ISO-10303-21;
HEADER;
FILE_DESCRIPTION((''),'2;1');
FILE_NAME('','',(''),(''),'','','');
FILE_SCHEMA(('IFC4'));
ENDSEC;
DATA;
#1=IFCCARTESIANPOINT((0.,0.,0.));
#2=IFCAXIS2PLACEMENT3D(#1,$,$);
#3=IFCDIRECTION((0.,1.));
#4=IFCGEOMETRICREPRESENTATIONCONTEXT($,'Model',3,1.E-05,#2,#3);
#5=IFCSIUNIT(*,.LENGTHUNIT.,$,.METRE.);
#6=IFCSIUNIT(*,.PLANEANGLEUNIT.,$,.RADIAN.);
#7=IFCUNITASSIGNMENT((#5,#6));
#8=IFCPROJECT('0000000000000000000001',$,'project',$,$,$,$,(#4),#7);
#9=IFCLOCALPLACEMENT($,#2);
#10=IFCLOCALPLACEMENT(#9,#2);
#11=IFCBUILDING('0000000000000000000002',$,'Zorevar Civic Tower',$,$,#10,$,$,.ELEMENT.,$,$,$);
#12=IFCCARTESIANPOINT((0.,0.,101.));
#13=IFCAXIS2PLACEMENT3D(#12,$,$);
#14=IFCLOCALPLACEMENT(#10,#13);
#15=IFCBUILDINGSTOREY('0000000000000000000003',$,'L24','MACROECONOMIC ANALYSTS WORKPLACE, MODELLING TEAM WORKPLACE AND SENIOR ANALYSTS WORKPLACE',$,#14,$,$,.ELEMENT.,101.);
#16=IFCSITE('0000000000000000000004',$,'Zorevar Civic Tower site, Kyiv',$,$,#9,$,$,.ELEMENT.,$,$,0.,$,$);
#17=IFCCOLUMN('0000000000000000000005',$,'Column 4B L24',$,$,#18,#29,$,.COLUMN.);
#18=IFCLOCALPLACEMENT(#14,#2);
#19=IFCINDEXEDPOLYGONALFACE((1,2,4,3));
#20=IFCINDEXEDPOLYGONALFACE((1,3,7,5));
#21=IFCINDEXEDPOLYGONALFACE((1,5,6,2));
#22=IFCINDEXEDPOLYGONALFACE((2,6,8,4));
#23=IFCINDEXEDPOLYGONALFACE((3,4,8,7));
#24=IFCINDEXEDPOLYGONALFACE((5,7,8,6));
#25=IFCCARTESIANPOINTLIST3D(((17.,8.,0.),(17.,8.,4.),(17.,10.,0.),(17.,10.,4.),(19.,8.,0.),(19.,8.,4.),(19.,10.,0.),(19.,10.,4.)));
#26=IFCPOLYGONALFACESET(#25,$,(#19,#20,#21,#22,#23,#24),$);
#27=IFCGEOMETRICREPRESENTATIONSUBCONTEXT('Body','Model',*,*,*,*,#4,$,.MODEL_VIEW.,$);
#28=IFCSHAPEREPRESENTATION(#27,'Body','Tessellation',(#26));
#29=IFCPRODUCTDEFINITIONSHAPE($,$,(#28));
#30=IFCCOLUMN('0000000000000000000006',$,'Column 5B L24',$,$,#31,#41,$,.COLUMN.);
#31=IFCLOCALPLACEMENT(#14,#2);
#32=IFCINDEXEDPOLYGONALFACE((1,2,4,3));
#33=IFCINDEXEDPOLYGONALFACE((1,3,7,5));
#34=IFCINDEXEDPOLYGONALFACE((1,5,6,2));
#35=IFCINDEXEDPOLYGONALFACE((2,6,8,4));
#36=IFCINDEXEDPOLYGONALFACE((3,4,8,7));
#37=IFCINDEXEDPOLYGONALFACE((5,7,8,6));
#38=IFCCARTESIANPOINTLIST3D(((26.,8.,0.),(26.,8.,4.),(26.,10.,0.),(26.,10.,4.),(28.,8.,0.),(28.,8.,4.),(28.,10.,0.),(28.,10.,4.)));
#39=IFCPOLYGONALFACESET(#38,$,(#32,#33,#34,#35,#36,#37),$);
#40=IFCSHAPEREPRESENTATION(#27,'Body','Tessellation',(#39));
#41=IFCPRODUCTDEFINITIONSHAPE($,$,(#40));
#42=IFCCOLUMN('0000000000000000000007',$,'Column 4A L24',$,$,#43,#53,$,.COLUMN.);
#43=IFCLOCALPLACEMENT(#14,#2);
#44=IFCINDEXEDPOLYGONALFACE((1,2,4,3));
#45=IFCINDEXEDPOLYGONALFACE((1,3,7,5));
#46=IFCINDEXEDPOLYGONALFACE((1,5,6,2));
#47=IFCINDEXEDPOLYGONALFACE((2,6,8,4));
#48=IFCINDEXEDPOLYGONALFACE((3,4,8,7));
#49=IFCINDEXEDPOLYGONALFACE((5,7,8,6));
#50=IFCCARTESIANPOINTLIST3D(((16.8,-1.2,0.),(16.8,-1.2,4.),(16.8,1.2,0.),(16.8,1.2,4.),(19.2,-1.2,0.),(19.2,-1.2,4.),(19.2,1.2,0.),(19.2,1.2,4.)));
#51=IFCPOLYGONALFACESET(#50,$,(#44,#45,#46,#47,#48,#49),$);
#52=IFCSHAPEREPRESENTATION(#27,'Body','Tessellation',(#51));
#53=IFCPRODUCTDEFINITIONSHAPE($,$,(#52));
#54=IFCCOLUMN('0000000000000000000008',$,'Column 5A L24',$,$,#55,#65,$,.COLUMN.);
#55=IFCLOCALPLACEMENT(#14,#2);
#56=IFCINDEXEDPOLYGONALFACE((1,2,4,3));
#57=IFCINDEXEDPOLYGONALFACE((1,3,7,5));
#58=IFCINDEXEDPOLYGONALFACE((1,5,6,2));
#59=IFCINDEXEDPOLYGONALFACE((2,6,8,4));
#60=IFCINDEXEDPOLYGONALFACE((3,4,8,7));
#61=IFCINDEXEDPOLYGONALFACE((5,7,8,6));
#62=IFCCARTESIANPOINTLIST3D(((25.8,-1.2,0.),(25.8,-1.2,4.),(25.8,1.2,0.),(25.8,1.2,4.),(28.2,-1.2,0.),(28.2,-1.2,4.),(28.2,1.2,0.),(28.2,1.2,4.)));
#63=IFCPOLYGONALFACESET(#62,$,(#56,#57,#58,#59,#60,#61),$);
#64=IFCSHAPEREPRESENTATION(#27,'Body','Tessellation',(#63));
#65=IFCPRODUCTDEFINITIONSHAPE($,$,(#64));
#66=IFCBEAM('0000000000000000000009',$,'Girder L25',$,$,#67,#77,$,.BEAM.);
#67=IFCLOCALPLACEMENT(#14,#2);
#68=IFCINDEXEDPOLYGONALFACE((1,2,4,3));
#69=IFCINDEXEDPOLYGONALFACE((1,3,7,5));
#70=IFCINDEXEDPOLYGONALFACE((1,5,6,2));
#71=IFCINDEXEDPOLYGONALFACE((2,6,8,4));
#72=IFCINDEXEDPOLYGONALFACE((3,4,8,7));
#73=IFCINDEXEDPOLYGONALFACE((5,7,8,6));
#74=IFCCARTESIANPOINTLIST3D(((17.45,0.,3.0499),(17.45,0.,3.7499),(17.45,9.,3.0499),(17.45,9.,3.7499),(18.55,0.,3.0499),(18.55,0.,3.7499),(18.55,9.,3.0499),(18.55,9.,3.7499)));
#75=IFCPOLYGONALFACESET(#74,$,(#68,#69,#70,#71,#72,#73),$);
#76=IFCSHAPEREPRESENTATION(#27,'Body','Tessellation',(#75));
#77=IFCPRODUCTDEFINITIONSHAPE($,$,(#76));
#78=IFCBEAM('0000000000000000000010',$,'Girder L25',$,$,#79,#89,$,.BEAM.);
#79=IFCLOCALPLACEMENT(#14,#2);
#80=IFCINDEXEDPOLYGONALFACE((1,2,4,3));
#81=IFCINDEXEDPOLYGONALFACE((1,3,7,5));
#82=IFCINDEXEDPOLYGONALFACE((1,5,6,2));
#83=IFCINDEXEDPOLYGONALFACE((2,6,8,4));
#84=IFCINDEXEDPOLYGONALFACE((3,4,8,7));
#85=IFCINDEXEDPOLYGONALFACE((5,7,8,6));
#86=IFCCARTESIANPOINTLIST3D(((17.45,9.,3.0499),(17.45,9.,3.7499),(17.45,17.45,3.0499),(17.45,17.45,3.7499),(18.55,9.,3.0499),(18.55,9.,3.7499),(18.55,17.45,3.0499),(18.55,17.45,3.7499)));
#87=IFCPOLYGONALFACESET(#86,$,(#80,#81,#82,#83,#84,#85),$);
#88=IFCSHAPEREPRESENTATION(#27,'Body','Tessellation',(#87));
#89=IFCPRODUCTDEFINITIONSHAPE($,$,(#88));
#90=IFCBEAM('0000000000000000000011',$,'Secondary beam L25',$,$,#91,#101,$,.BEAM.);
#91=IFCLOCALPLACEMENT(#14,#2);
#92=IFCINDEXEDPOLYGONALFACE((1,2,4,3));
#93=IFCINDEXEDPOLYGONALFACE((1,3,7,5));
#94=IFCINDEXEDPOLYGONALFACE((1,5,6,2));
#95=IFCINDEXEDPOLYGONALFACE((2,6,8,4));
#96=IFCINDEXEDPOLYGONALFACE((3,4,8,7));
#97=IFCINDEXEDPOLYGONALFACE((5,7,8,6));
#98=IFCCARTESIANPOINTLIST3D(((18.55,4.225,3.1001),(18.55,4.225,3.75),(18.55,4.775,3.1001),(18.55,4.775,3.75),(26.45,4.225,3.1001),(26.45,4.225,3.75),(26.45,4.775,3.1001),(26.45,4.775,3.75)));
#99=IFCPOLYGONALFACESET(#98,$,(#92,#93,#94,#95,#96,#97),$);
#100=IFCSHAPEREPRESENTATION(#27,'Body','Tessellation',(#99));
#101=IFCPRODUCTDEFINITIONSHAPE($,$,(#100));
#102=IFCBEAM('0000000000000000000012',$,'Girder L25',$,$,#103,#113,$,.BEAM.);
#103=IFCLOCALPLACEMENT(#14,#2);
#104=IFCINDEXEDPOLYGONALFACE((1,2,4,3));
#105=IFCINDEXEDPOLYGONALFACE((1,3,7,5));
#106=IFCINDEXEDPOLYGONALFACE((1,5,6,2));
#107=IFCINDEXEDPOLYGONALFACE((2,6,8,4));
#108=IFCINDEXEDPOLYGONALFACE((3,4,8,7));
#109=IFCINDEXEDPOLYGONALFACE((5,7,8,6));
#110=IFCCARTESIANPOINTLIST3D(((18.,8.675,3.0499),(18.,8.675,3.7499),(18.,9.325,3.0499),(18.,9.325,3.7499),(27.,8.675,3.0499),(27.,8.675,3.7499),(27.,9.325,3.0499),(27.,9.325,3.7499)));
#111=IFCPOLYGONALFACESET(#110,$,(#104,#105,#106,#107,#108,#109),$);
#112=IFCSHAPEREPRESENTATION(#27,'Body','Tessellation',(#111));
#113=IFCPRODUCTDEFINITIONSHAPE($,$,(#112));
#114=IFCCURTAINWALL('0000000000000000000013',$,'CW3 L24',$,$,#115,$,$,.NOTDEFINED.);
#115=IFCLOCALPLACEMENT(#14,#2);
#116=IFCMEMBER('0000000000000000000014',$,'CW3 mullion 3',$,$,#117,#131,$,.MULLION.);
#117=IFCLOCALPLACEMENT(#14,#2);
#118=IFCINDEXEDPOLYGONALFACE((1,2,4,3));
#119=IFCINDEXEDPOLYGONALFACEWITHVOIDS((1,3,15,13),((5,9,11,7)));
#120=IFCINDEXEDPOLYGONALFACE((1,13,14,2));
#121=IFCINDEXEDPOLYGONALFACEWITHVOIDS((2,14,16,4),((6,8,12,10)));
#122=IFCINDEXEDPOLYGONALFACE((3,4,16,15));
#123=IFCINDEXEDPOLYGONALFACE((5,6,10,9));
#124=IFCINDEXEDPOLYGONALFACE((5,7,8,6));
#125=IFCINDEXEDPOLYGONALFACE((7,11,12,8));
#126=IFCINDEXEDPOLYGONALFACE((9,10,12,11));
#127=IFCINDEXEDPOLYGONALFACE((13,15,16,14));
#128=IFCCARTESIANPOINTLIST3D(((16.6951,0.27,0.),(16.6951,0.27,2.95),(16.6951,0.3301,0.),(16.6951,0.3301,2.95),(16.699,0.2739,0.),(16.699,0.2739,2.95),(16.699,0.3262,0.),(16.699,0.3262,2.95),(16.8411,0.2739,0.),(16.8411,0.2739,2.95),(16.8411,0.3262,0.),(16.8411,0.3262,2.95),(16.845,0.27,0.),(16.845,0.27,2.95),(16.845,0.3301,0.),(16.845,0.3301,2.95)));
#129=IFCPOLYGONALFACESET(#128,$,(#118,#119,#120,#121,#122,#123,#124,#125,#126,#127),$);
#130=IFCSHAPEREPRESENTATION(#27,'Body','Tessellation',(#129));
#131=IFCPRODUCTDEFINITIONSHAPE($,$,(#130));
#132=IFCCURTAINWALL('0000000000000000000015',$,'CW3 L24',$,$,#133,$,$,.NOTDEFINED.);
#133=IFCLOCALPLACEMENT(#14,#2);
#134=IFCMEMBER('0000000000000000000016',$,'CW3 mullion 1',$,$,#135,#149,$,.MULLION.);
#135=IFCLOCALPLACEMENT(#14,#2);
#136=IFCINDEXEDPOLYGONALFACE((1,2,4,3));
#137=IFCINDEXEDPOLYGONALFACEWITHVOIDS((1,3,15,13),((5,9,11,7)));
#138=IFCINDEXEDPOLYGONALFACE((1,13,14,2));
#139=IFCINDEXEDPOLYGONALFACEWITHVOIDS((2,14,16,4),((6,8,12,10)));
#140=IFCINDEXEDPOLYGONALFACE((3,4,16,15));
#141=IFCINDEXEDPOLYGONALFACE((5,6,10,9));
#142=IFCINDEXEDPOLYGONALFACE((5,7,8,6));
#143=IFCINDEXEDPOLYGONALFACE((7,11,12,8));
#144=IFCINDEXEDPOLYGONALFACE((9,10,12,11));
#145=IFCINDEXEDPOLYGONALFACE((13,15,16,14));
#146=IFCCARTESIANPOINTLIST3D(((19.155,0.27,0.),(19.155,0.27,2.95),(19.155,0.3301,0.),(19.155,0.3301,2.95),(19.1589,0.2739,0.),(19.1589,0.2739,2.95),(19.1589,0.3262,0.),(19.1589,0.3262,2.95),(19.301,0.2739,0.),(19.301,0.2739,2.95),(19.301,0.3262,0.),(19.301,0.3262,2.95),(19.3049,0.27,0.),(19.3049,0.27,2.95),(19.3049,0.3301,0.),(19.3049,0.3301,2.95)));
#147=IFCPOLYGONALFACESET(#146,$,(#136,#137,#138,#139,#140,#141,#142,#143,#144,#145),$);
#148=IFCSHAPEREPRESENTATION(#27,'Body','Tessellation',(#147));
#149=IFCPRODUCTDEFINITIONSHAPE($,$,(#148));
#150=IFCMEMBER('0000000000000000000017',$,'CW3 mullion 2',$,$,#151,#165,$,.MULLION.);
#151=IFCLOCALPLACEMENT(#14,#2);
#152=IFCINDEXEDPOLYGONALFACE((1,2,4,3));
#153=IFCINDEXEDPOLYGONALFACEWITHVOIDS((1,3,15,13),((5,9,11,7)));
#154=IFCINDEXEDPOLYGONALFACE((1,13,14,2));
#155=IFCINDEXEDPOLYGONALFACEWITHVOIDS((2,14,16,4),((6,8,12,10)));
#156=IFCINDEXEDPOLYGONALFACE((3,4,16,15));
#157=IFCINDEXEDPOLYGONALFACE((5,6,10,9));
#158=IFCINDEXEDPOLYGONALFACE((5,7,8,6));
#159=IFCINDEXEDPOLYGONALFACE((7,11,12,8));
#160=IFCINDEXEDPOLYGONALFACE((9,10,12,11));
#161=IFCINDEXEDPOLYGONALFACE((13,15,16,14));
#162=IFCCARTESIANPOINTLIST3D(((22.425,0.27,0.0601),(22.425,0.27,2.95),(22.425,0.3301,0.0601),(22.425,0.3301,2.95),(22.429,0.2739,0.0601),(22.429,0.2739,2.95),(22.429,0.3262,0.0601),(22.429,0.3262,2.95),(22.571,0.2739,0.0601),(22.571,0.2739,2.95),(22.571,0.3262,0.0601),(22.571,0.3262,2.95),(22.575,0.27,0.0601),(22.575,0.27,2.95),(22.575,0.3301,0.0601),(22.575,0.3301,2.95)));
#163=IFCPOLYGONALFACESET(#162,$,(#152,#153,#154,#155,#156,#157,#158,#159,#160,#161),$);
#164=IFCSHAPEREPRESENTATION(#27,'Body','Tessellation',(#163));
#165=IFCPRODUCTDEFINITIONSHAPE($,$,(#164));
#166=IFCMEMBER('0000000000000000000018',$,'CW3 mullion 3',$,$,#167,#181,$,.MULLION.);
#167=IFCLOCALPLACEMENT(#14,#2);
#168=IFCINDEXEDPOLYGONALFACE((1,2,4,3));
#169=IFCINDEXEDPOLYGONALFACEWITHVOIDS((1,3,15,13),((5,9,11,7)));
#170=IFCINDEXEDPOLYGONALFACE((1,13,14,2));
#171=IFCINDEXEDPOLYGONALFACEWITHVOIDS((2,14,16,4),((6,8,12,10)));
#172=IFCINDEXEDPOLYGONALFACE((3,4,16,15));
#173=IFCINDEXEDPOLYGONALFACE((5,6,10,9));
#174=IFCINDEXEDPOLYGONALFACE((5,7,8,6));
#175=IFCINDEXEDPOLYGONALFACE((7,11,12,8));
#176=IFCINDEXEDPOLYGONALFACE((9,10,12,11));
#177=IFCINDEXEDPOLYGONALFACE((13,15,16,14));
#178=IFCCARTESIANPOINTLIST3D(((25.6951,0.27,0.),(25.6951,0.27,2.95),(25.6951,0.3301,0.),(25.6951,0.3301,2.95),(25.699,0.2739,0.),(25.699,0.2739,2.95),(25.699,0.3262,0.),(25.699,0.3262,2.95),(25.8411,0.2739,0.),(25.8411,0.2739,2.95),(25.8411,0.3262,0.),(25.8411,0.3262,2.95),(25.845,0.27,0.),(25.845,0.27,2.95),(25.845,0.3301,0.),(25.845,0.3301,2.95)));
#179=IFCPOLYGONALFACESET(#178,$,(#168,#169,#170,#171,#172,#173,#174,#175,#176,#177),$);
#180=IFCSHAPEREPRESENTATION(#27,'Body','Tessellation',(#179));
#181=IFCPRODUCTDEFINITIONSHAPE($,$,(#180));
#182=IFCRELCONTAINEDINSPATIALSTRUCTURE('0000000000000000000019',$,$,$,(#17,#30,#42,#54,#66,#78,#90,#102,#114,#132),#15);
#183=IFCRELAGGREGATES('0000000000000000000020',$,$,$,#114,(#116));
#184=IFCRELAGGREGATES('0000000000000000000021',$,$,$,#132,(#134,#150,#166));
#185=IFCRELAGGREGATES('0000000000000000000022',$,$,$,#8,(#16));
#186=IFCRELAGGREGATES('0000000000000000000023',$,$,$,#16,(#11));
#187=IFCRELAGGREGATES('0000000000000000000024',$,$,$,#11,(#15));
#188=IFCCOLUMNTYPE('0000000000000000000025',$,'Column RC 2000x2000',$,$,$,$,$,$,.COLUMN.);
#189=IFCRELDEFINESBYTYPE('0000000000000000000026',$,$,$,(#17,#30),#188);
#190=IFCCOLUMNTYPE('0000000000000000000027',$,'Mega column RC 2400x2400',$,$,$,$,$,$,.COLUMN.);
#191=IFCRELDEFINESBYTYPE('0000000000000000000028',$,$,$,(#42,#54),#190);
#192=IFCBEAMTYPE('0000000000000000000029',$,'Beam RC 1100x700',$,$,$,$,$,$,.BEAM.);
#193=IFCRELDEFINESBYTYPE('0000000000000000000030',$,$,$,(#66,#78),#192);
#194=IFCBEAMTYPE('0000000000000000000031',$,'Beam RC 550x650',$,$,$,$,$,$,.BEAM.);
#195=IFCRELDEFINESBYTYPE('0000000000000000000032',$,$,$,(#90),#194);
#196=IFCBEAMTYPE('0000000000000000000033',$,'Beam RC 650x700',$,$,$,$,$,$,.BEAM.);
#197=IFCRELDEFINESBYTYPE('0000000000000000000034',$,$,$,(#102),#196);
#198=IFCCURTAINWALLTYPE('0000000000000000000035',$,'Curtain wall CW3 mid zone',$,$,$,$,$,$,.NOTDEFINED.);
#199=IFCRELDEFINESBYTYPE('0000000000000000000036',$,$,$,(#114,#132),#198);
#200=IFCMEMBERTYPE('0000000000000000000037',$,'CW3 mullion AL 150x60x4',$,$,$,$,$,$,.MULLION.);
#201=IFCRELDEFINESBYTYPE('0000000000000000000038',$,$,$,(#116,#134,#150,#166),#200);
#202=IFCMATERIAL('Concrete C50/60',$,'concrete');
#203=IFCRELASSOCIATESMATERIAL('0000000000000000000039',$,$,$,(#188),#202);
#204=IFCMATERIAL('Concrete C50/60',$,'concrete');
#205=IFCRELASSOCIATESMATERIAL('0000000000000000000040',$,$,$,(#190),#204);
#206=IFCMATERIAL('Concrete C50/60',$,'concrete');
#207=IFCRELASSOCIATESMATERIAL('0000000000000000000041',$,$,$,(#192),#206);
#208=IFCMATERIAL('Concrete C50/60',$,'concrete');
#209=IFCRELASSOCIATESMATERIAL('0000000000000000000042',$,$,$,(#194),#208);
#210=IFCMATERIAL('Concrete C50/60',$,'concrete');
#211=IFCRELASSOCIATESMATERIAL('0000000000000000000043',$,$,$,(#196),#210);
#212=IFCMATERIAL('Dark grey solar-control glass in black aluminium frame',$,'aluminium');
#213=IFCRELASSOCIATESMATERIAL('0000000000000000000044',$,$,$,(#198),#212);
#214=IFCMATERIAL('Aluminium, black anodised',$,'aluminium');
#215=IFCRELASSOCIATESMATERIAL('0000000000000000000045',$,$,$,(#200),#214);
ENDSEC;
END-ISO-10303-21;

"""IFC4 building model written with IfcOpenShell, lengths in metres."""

from ifc_helpers import new_model, si_unit, direction, frame, origin, origin_2d, place, context, subcontext, project, spatial, rectangle, hollow_rectangle, extrude, material, material_profile, profile_set, type_object, element, aggregate, save


model = new_model("IFC4")

# Units and contexts
model_context = context("Model", 3, precision=1e-05, world=origin(), true_north=direction((0.0, 1.0)))
body_context = subcontext(model_context, "Body", "Model", "MODEL_VIEW")
ifc_project = project(units=[si_unit("LENGTHUNIT", "METRE"), si_unit("PLANEANGLEUNIT", "RADIAN")], contexts=[model_context])

# Site, building, storey
site_placement = place(None, origin())
site = spatial("IfcSite", under=ifc_project, at=site_placement, Name="Zorevar Civic Tower site, Kyiv", CompositionType="ELEMENT", RefElevation=0.0)
building_placement = place(site_placement, origin())
building = spatial("IfcBuilding", under=site, at=building_placement, Name="Zorevar Civic Tower", CompositionType="ELEMENT")
storey_placement = place(building_placement, frame((0.0, 0.0, 101.0)))
storey = spatial("IfcBuildingStorey", under=building, at=storey_placement, Name="L24", Description="MACROECONOMIC ANALYSTS WORKPLACE, MODELLING TEAM WORKPLACE AND SENIOR ANALYSTS WORKPLACE", CompositionType="ELEMENT", Elevation=101.0)

# Columns
ifc_material_1 = material(Name="Concrete C50/60", Category="concrete")
ifc_material_profile_1 = material_profile(ifc_material_1, rectangle(XDim=2.0, YDim=2.0, at=origin_2d()), Name="RC 2000x2000")
ifc_profile_set_1 = profile_set([ifc_material_profile_1], Name="Concrete C50/60")
column_type_1 = type_object("IfcColumnType", Name="Column RC 2000x2000", PredefinedType="COLUMN", material=ifc_profile_set_1)
for number, where, z_axis, x_axis, name in (
    (1, (18.0, 9.0, 0.0), (0.0, 0.0, 1.0), (1.0, 0.0, 0.0), "Column 4B L24"),
    (2, (27.0, 9.0, 0.0), (0.0, 0.0, 1.0), (1.0, 0.0, 0.0), "Column 5B L24"),
):
    element("IfcColumn", number, at=place(storey_placement, frame(where, z_axis=z_axis, x_axis=x_axis)), inside=storey, type_object=column_type_1, Name=name, PredefinedType="COLUMN", context=body_context, shape_type="SweptSolid", body=[
        extrude(rectangle(XDim=2.0, YDim=2.0, at=origin_2d()), origin(), (0.0, 0.0, 1.0), 4.0),
    ])
ifc_material_2 = material(Name="Concrete C50/60", Category="concrete")
ifc_material_profile_2 = material_profile(ifc_material_2, rectangle(XDim=2.3999, YDim=2.3999, at=origin_2d()), Name="RC 2400x2400")
ifc_profile_set_2 = profile_set([ifc_material_profile_2], Name="Concrete C50/60")
column_type_2 = type_object("IfcColumnType", Name="Mega column RC 2400x2400", PredefinedType="COLUMN", material=ifc_profile_set_2)
for number, where, z_axis, x_axis, name in (
    (3, (18.0, 0.0, 0.0), (0.0, 0.0, 1.0), (1.0, 0.0, 0.0), "Column 4A L24"),
    (4, (27.0, 0.0, 0.0), (0.0, 0.0, 1.0), (1.0, 0.0, 0.0), "Column 5A L24"),
):
    element("IfcColumn", number, at=place(storey_placement, frame(where, z_axis=z_axis, x_axis=x_axis)), inside=storey, type_object=column_type_2, Name=name, PredefinedType="COLUMN", context=body_context, shape_type="SweptSolid", body=[
        extrude(rectangle(XDim=2.3999, YDim=2.3999, at=origin_2d()), origin(), (0.0, 0.0, 1.0), 4.0),
    ])

# Beams
ifc_material_3 = material(Name="Concrete C50/60", Category="concrete")
ifc_material_profile_3 = material_profile(ifc_material_3, rectangle(XDim=1.1001, YDim=0.7, at=origin_2d()), Name="RC 1100x700")
ifc_profile_set_3 = profile_set([ifc_material_profile_3], Name="Concrete C50/60")
beam_type_1 = type_object("IfcBeamType", Name="Beam RC 1100x700", PredefinedType="BEAM", material=ifc_profile_set_3)
beam_1_placement = place(storey_placement, frame((18.0, 0.0, 3.3999), z_axis=(0.0, 1.0, 0.0), x_axis=(-1.0, 0.0, 0.0)))
element("IfcBeam", 5, at=beam_1_placement, inside=storey, type_object=beam_type_1, Name="Girder L25", PredefinedType="BEAM", context=body_context, shape_type="SweptSolid", body=[
    extrude(rectangle(XDim=1.1001, YDim=0.7, at=origin_2d()), origin(), (0.0, 0.0, 1.0), 9.0),
])
beam_2_placement = place(storey_placement, frame((18.0, 9.0, 3.3999), z_axis=(0.0, 1.0, 0.0), x_axis=(-1.0, 0.0, 0.0)))
element("IfcBeam", 6, at=beam_2_placement, inside=storey, type_object=beam_type_1, Name="Girder L25", PredefinedType="BEAM", context=body_context, shape_type="SweptSolid", body=[
    extrude(rectangle(XDim=1.1001, YDim=0.7, at=origin_2d()), origin(), (0.0, 0.0, 1.0), 8.45),
])
ifc_material_4 = material(Name="Concrete C50/60", Category="concrete")
ifc_material_profile_4 = material_profile(ifc_material_4, rectangle(XDim=0.55, YDim=0.6499, at=origin_2d()), Name="RC 550x650")
ifc_profile_set_4 = profile_set([ifc_material_profile_4], Name="Concrete C50/60")
beam_type_2 = type_object("IfcBeamType", Name="Beam RC 550x650", PredefinedType="BEAM", material=ifc_profile_set_4)
beam_3_placement = place(storey_placement, frame((18.55, 4.5, 3.425), z_axis=(1.0, 0.0, 0.0), x_axis=(0.0, 1.0, 0.0)))
element("IfcBeam", 7, at=beam_3_placement, inside=storey, type_object=beam_type_2, Name="Secondary beam L25", PredefinedType="BEAM", context=body_context, shape_type="SweptSolid", body=[
    extrude(rectangle(XDim=0.55, YDim=0.6499, at=origin_2d()), origin(), (0.0, 0.0, 1.0), 7.8999),
])
ifc_material_5 = material(Name="Concrete C50/60", Category="concrete")
ifc_material_profile_5 = material_profile(ifc_material_5, rectangle(XDim=0.6499, YDim=0.7, at=origin_2d()), Name="RC 650x700")
ifc_profile_set_5 = profile_set([ifc_material_profile_5], Name="Concrete C50/60")
beam_type_3 = type_object("IfcBeamType", Name="Beam RC 650x700", PredefinedType="BEAM", material=ifc_profile_set_5)
beam_4_placement = place(storey_placement, frame((18.0, 9.0, 3.3999), z_axis=(1.0, 0.0, 0.0), x_axis=(0.0, 1.0, 0.0)))
element("IfcBeam", 8, at=beam_4_placement, inside=storey, type_object=beam_type_3, Name="Girder L25", PredefinedType="BEAM", context=body_context, shape_type="SweptSolid", body=[
    extrude(rectangle(XDim=0.6499, YDim=0.7, at=origin_2d()), origin(), (0.0, 0.0, 1.0), 9.0),
])

# Curtain wall, member
ifc_material_6 = material(Name="Dark grey solar-control glass in black aluminium frame", Category="aluminium")
curtain_wall_type = type_object("IfcCurtainWallType", Name="Curtain wall CW3 mid zone", PredefinedType="NOTDEFINED", material=ifc_material_6)
curtain_wall_1_placement = place(storey_placement, origin())
curtain_wall_1 = element("IfcCurtainWall", 9, at=curtain_wall_1_placement, inside=storey, type_object=curtain_wall_type, Name="CW3 L24", PredefinedType="NOTDEFINED")
ifc_material_7 = material(Name="Aluminium, black anodised", Category="aluminium")
ifc_material_profile_6 = material_profile(ifc_material_7, hollow_rectangle(XDim=0.0601, YDim=0.1499, WallThickness=0.0039, at=origin_2d()), Name="AL 150x60x4")
ifc_profile_set_6 = profile_set([ifc_material_profile_6], Name="Aluminium, black anodised")
member_type_1 = type_object("IfcMemberType", Name="CW3 mullion AL 150x60x4", PredefinedType="MULLION", material=ifc_profile_set_6)
member_1_placement = place(storey_placement, frame((16.77, 0.3, 0.0), z_axis=(0.0, 0.0, 1.0), x_axis=(0.0, 1.0, 0.0)))
member_1 = element("IfcMember", 10, at=member_1_placement, type_object=member_type_1, Name="CW3 mullion 3", PredefinedType="MULLION", context=body_context, shape_type="SweptSolid", body=[
    extrude(hollow_rectangle(XDim=0.0601, YDim=0.1499, WallThickness=0.0039, at=origin_2d()), origin(), (0.0, 0.0, 1.0), 2.95),
])

# Curtain wall, members
curtain_wall_2_placement = place(storey_placement, origin())
curtain_wall_2 = element("IfcCurtainWall", 11, at=curtain_wall_2_placement, inside=storey, type_object=curtain_wall_type, Name="CW3 L24", PredefinedType="NOTDEFINED")
member_2_placement = place(storey_placement, frame((19.23, 0.3, 0.0), z_axis=(0.0, 0.0, 1.0), x_axis=(0.0, 1.0, 0.0)))
member_2 = element("IfcMember", 12, at=member_2_placement, type_object=member_type_1, Name="CW3 mullion 1", PredefinedType="MULLION", context=body_context, shape_type="SweptSolid", body=[
    extrude(hollow_rectangle(XDim=0.0601, YDim=0.1499, WallThickness=0.0039, at=origin_2d()), origin(), (0.0, 0.0, 1.0), 2.95),
])
member_3_placement = place(storey_placement, frame((22.5, 0.3, 0.0601), z_axis=(0.0, 0.0, 1.0), x_axis=(0.0, 1.0, 0.0)))
member_3 = element("IfcMember", 13, at=member_3_placement, type_object=member_type_1, Name="CW3 mullion 2", PredefinedType="MULLION", context=body_context, shape_type="SweptSolid", body=[
    extrude(hollow_rectangle(XDim=0.0601, YDim=0.1499, WallThickness=0.0039, at=origin_2d()), origin(), (0.0, 0.0, 1.0), 2.8899),
])
member_4_placement = place(storey_placement, frame((25.77, 0.3, 0.0), z_axis=(0.0, 0.0, 1.0), x_axis=(0.0, 1.0, 0.0)))
member_4 = element("IfcMember", 14, at=member_4_placement, type_object=member_type_1, Name="CW3 mullion 3", PredefinedType="MULLION", context=body_context, shape_type="SweptSolid", body=[
    extrude(hollow_rectangle(XDim=0.0601, YDim=0.1499, WallThickness=0.0039, at=origin_2d()), origin(), (0.0, 0.0, 1.0), 2.95),
])

aggregate(curtain_wall_1, [member_1])
aggregate(curtain_wall_2, [member_2, member_3, member_4])

save(model, "model.ifc")
